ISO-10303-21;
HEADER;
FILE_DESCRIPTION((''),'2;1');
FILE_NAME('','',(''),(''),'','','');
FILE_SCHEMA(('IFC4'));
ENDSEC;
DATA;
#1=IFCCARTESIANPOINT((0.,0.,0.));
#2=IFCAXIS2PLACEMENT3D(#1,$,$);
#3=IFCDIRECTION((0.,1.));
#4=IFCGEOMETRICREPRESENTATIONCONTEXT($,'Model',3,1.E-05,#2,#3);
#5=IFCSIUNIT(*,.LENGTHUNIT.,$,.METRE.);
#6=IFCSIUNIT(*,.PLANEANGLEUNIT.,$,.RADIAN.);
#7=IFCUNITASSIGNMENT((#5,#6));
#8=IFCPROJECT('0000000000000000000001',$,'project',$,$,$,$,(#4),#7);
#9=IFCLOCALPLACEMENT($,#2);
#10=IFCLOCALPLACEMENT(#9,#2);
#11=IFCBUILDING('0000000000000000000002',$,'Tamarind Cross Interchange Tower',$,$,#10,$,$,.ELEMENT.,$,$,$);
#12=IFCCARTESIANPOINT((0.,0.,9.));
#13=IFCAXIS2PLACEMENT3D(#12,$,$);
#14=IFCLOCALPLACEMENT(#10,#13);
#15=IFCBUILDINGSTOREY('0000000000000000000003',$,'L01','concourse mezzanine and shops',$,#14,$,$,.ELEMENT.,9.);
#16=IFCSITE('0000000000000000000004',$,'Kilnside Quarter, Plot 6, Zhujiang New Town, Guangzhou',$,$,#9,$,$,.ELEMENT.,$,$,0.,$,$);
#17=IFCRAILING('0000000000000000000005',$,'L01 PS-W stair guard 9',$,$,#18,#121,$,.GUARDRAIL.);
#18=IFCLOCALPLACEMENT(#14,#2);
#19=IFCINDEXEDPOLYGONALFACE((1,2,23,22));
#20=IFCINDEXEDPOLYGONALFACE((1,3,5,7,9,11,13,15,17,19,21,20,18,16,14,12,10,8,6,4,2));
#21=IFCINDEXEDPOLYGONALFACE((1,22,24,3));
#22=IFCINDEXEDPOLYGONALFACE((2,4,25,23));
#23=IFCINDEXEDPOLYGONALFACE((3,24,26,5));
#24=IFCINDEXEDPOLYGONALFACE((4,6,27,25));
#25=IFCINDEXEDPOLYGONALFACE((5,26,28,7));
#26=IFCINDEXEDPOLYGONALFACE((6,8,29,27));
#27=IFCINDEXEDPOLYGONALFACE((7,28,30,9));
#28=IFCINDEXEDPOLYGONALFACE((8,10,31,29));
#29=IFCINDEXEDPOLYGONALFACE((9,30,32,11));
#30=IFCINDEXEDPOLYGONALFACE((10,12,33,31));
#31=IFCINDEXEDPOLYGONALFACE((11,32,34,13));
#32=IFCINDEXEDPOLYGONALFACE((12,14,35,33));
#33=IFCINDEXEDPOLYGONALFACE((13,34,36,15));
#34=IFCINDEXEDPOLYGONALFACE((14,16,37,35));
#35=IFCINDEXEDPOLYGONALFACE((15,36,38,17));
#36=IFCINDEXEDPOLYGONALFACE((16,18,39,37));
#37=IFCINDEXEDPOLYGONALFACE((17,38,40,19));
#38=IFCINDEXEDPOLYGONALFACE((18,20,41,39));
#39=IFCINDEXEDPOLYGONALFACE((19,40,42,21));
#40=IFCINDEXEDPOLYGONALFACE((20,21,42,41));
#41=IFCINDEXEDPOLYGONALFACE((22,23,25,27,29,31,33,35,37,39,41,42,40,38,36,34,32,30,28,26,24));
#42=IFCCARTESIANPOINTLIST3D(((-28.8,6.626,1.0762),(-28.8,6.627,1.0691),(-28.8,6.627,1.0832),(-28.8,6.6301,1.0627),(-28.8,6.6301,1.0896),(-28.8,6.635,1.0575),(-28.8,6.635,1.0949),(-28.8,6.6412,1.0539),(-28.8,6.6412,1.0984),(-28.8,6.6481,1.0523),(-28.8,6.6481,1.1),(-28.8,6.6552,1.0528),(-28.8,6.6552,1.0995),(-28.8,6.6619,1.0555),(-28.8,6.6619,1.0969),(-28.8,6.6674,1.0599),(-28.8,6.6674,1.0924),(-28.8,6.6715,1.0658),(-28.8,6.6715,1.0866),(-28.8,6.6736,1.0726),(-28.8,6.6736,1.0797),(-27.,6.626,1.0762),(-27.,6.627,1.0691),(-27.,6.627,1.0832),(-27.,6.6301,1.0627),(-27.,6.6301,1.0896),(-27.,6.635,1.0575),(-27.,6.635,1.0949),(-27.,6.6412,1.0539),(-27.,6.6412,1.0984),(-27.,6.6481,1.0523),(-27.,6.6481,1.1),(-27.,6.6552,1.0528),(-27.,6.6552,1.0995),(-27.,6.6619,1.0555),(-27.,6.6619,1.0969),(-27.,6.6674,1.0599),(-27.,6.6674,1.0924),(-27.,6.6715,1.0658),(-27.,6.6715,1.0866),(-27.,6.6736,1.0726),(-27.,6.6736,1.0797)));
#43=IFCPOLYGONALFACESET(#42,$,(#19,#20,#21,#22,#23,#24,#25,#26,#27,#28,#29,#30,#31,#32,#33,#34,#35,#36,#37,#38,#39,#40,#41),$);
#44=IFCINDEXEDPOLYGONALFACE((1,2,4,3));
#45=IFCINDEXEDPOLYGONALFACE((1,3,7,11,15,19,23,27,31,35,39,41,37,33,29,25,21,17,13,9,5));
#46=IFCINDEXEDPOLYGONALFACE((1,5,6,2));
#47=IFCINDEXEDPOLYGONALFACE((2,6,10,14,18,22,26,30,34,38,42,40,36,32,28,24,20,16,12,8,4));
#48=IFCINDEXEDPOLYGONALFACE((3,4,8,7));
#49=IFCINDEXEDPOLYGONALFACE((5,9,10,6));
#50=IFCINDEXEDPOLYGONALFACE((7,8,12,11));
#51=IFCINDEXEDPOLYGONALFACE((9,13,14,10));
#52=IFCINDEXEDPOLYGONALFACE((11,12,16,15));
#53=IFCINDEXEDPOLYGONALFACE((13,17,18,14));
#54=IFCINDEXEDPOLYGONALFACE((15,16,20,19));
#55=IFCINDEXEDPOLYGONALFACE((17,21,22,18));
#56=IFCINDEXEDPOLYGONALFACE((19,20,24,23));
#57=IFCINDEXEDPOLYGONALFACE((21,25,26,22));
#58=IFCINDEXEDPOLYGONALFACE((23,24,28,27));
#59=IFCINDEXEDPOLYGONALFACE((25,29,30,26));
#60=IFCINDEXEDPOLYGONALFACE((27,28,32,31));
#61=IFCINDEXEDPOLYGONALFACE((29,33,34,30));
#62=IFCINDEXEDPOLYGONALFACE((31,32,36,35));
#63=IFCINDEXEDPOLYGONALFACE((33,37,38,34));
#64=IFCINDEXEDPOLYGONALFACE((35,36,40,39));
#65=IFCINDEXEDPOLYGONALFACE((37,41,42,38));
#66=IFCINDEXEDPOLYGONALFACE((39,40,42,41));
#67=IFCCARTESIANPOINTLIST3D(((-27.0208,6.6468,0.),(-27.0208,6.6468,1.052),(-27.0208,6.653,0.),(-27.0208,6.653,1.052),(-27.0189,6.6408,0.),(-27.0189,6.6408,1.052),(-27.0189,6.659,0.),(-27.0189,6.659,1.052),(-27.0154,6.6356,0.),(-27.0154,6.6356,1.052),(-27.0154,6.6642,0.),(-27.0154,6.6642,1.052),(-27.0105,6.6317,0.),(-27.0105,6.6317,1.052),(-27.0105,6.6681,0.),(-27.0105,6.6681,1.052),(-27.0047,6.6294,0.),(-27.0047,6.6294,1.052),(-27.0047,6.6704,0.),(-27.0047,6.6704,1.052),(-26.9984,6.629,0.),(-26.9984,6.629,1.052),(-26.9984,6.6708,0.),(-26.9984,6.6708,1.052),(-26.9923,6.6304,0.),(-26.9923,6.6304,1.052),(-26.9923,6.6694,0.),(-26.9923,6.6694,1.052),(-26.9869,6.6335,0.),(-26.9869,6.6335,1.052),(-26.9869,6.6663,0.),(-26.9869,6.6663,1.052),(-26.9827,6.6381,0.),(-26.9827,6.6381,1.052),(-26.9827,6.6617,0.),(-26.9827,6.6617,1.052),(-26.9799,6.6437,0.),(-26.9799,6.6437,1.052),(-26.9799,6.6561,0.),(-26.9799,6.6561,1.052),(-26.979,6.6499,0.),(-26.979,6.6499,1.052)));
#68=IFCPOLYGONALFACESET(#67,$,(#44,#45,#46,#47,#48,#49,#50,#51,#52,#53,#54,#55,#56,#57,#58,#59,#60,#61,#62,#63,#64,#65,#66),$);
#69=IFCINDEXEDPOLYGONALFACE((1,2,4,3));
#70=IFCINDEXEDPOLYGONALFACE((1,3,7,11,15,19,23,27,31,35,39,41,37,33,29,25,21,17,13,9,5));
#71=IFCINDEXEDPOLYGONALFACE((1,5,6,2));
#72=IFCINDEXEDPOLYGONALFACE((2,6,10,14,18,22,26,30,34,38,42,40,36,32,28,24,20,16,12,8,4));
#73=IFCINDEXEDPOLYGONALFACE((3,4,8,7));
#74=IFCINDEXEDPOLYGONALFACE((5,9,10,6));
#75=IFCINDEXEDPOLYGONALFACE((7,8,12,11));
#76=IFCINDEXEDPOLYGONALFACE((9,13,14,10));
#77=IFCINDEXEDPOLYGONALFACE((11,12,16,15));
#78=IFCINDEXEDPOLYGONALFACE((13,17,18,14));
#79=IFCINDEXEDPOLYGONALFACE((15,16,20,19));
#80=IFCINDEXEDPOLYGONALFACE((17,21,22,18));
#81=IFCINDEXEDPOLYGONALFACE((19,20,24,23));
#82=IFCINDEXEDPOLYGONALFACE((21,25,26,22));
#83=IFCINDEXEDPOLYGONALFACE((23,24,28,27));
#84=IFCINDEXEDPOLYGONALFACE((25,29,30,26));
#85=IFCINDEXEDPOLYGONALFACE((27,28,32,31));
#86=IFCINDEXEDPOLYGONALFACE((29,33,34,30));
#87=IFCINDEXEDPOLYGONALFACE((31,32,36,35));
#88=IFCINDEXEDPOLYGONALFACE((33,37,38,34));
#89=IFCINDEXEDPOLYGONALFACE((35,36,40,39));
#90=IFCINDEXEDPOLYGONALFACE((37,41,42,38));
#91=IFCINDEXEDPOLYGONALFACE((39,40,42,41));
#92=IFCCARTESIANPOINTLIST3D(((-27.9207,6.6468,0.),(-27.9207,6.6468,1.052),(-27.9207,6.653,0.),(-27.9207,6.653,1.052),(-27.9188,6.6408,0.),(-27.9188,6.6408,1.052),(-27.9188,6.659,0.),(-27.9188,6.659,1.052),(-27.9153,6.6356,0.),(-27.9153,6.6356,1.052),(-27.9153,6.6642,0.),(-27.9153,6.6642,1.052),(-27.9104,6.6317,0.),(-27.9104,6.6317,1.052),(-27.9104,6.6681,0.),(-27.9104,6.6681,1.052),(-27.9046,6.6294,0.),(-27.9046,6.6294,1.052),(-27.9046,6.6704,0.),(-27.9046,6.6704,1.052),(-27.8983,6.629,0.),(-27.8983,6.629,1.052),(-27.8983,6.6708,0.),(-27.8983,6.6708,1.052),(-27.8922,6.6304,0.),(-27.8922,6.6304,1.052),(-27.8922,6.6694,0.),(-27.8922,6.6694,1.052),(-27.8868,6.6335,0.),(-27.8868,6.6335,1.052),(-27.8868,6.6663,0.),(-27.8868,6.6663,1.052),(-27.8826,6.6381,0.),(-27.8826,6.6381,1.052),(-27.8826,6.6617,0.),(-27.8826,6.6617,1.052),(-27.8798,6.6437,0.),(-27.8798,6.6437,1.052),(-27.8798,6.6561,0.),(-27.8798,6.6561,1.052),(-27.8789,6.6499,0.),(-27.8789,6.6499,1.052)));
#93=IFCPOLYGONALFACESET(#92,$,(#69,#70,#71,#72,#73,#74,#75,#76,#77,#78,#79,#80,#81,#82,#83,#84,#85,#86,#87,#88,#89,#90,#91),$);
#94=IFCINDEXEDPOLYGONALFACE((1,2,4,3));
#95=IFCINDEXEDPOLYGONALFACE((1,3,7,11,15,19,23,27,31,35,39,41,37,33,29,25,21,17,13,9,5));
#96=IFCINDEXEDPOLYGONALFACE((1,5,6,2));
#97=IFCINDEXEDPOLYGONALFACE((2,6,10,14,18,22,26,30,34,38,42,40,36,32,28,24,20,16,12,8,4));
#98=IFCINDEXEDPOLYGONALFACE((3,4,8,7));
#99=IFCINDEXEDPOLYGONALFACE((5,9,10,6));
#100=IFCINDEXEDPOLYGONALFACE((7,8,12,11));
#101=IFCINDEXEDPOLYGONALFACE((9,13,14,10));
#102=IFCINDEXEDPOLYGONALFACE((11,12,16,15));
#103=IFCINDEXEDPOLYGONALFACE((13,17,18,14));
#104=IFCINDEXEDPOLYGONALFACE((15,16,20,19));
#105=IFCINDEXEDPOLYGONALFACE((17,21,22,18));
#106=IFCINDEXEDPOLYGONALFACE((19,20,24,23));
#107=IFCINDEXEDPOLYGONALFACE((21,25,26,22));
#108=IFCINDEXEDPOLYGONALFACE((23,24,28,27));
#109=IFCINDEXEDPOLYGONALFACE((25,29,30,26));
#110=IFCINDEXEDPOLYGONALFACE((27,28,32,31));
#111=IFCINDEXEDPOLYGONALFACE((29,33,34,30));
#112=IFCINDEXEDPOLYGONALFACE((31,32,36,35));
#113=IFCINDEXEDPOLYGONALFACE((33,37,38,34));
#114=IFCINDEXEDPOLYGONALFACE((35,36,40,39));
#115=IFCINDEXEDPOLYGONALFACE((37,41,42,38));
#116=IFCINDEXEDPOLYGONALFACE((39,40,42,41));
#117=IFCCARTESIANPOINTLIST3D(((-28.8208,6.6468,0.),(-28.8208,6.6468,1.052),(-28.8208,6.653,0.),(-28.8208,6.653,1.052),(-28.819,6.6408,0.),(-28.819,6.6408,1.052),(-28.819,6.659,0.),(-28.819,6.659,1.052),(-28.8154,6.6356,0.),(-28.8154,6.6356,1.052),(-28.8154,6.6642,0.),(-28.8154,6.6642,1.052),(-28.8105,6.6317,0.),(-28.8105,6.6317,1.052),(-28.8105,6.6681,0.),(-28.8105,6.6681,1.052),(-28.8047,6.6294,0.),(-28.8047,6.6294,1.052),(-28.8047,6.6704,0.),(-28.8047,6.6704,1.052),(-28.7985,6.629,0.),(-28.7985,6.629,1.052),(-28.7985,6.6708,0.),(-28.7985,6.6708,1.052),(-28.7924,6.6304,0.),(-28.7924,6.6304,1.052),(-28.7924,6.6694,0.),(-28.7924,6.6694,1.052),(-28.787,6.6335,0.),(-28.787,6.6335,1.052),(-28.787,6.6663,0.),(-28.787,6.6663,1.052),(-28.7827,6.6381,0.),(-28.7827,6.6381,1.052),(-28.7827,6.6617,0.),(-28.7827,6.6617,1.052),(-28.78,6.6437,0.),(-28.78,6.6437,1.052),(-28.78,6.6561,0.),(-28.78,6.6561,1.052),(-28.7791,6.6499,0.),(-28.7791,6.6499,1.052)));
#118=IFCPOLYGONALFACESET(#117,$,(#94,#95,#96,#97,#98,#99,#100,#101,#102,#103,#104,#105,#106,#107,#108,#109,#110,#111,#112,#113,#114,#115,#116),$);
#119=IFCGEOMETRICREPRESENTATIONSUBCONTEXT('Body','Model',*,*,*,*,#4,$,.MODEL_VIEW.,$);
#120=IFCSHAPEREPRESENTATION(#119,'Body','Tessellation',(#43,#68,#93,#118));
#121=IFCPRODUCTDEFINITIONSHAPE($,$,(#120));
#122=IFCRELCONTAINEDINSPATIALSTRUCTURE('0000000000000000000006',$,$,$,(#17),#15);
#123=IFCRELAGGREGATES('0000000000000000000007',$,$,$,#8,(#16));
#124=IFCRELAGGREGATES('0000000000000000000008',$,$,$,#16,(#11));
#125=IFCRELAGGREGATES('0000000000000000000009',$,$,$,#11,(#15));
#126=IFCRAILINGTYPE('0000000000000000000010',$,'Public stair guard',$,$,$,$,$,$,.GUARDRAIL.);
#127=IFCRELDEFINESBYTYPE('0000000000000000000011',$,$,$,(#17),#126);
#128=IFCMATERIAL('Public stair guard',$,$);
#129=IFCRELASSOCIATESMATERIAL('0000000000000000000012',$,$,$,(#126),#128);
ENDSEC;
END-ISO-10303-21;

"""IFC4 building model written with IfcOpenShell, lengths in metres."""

from ifc_helpers import new_model, si_unit, direction, frame, origin, origin_2d, place, context, subcontext, project, spatial, circle, extrude, material, type_object, element, save


model = new_model("IFC4")

# Units and contexts
model_context = context("Model", 3, precision=1e-05, world=origin(), true_north=direction((0.0, 1.0)))
body_context = subcontext(model_context, "Body", "Model", "MODEL_VIEW")
ifc_project = project(units=[si_unit("LENGTHUNIT", "METRE"), si_unit("PLANEANGLEUNIT", "RADIAN")], contexts=[model_context])

# Site, building, storey
site_placement = place(None, origin())
site = spatial("IfcSite", under=ifc_project, at=site_placement, Name="Kilnside Quarter, Plot 6, Zhujiang New Town, Guangzhou", CompositionType="ELEMENT", RefElevation=0.0)
building_placement = place(site_placement, origin())
building = spatial("IfcBuilding", under=site, at=building_placement, Name="Tamarind Cross Interchange Tower", CompositionType="ELEMENT")
storey_placement = place(building_placement, frame((0.0, 0.0, 9.0)))
storey = spatial("IfcBuildingStorey", under=building, at=storey_placement, Name="L01", Description="concourse mezzanine and shops", CompositionType="ELEMENT", Elevation=9.0)

# Railing
ifc_material_1 = material(Name="Public stair guard")
railing_type_1 = type_object("IfcRailingType", Name="Public stair guard", PredefinedType="GUARDRAIL", material=ifc_material_1)
for number, where, name in (
    (1, (-27.0, 6.6499, 0.0), "L01 PS-W stair guard 9"),
):
    element("IfcRailing", number, at=place(storey_placement, frame(where)), inside=storey, type_object=railing_type_1, Name=name, PredefinedType="GUARDRAIL", context=body_context, shape_type="SweptSolid", body=[
        extrude(circle(Radius=0.0239, at=origin_2d()), frame((0.0, 0.0, 1.0762), z_axis=(-1.0, 0.0, 0.0), x_axis=(0.0, -1.0, 0.0)), (0.0, 0.0, 1.0), 1.8),
        extrude(circle(Radius=0.021, at=origin_2d()), origin(), (0.0, 0.0, 1.0), 1.052),
        extrude(circle(Radius=0.021, at=origin_2d()), frame((-0.8999, 0.0, 0.0)), (0.0, 0.0, 1.0), 1.052),
        extrude(circle(Radius=0.021, at=origin_2d()), frame((-1.8, 0.0, 0.0)), (0.0, 0.0, 1.0), 1.052),
    ])

save(model, "model.ifc")
